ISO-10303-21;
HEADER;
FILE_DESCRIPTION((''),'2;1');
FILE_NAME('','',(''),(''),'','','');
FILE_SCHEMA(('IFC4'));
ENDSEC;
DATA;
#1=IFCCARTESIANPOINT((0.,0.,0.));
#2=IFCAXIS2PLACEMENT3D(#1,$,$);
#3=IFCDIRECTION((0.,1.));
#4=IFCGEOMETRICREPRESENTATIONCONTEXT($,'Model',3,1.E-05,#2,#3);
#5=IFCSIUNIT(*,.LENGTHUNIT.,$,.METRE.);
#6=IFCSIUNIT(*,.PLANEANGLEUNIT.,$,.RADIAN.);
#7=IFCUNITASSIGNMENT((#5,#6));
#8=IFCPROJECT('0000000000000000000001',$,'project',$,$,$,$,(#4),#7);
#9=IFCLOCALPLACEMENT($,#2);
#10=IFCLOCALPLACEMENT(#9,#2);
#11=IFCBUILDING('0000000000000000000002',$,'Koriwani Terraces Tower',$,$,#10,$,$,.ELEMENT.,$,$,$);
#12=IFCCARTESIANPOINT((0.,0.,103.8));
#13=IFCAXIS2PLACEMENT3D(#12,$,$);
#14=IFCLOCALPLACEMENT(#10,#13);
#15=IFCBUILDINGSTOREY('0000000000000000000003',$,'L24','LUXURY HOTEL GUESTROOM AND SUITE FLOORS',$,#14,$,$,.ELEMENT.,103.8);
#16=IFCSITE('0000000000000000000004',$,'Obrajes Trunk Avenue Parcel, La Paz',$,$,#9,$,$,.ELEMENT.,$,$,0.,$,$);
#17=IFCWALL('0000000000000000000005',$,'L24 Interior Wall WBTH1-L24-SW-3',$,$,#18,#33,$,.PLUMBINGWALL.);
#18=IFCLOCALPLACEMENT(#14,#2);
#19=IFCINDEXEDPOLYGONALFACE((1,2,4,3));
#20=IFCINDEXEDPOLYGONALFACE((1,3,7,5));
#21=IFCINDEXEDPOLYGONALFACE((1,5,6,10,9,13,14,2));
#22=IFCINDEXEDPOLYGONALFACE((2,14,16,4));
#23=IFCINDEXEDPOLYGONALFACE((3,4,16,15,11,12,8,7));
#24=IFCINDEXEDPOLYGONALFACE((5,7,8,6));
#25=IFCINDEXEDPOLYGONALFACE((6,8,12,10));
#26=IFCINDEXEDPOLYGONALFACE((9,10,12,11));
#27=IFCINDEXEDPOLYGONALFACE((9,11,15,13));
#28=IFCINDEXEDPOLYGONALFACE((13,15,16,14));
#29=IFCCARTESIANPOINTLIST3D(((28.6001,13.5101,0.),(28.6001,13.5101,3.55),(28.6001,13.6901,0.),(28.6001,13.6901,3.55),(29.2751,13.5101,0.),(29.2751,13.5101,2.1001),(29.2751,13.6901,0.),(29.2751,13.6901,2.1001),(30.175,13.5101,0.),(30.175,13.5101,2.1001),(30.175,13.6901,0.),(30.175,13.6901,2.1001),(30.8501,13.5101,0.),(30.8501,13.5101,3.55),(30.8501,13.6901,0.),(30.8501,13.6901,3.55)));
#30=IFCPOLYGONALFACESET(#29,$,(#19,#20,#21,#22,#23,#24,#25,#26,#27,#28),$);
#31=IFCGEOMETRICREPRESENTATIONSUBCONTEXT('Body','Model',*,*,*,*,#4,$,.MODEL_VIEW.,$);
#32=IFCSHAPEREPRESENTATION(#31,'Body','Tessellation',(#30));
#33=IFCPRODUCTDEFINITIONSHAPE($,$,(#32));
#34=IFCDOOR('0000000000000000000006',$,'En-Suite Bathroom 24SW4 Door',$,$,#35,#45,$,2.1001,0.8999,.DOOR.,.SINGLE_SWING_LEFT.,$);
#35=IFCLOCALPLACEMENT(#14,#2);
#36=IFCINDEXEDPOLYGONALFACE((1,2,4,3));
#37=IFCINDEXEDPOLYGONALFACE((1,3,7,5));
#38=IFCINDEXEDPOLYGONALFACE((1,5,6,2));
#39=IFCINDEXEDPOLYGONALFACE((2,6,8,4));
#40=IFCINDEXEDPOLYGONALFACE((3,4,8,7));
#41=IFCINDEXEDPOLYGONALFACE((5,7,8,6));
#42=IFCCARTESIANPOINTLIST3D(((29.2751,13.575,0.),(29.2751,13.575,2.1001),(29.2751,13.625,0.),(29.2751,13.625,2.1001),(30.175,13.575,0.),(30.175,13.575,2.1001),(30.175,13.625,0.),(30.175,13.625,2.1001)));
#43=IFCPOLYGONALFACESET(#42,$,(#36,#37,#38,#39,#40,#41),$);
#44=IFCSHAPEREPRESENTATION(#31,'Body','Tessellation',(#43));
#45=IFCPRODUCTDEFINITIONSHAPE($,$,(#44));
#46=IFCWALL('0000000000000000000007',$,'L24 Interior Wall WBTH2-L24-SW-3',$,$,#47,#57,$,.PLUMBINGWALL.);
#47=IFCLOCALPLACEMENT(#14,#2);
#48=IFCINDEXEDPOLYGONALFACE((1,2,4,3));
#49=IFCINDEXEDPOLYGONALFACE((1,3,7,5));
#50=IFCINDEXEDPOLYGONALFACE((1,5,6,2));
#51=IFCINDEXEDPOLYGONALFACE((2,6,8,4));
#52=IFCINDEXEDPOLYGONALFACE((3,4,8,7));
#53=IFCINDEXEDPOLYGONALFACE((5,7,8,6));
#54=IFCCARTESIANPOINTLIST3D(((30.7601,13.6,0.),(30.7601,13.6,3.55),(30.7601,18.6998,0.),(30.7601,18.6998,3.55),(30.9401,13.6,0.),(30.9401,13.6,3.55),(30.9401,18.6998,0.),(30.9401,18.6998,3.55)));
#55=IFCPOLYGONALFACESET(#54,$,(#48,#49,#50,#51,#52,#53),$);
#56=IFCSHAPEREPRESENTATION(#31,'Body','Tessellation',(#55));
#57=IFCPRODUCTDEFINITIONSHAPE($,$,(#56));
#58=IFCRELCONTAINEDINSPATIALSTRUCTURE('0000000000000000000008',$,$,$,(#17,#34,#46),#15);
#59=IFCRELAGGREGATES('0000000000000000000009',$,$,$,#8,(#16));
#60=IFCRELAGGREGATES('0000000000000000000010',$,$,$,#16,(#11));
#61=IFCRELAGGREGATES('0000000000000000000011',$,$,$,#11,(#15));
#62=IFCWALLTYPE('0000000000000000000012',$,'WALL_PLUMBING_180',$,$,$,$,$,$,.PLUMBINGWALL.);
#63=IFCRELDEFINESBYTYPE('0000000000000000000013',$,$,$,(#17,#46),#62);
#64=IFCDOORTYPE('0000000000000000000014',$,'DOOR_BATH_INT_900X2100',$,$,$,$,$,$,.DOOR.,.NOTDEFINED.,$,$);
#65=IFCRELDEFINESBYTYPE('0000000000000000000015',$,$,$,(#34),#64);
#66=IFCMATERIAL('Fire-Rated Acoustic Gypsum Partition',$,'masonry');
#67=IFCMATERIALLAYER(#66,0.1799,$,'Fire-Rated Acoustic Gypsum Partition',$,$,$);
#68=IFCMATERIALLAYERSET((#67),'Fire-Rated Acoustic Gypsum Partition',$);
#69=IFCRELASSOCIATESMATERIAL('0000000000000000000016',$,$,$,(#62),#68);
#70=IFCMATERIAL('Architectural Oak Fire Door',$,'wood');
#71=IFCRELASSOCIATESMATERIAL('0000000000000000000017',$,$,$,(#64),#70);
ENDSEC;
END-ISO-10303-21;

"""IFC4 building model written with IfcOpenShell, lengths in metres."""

from ifc_helpers import new_model, si_unit, direction, frame, frame_2d, origin, place, context, subcontext, project, spatial, rectangle, extrude, material, layer, layer_set, type_object, element, fill, save


model = new_model("IFC4")

# Units and contexts
model_context = context("Model", 3, precision=1e-05, world=origin(), true_north=direction((0.0, 1.0)))
body_context = subcontext(model_context, "Body", "Model", "MODEL_VIEW")
ifc_project = project(units=[si_unit("LENGTHUNIT", "METRE"), si_unit("PLANEANGLEUNIT", "RADIAN")], contexts=[model_context])

# Site, building, storey
site_placement = place(None, origin())
site = spatial("IfcSite", under=ifc_project, at=site_placement, Name="Obrajes Trunk Avenue Parcel, La Paz", CompositionType="ELEMENT", RefElevation=0.0)
building_placement = place(site_placement, origin())
building = spatial("IfcBuilding", under=site, at=building_placement, Name="Koriwani Terraces Tower", CompositionType="ELEMENT")
storey_placement = place(building_placement, frame((0.0, 0.0, 103.8)))
storey = spatial("IfcBuildingStorey", under=building, at=storey_placement, Name="L24", Description="LUXURY HOTEL GUESTROOM AND SUITE FLOORS", CompositionType="ELEMENT", Elevation=103.8)

# Shared definitions
ifc_material_1 = material(Name="Fire-Rated Acoustic Gypsum Partition", Category="masonry")
ifc_layer_1 = layer(ifc_material_1, 0.1799, Name="Fire-Rated Acoustic Gypsum Partition")
ifc_layer_set_1 = layer_set([ifc_layer_1], Name="Fire-Rated Acoustic Gypsum Partition")
wall_type_1 = type_object("IfcWallType", Name="WALL_PLUMBING_180", PredefinedType="PLUMBINGWALL", material=ifc_layer_set_1)

# Wall, opening, door
wall_1_placement = place(storey_placement, frame((28.6001, 13.6001, 0.0), z_axis=(0.0, 0.0, 1.0), x_axis=(1.0, 0.0, 0.0)))
wall_1 = element("IfcWall", 1, at=wall_1_placement, inside=storey, type_object=wall_type_1, Name="L24 Interior Wall WBTH1-L24-SW-3", PredefinedType="PLUMBINGWALL", context=body_context, shape_type="SweptSolid", body=[
    extrude(rectangle(XDim=2.25, YDim=0.1799, at=frame_2d((1.125, 0.0))), origin(), (0.0, 0.0, 1.0), 3.55),
])
opening_placement = place(wall_1_placement, frame((0.675, 0.0, 0.0)))
opening = element("IfcOpeningElement", 2, at=opening_placement, cuts=wall_1, PredefinedType="OPENING", context=body_context, shape_type="SweptSolid", body=[
    extrude(rectangle(XDim=0.8999, YDim=2.1001, at=frame_2d((0.45, 1.05))), frame((0.0, 0.1001, 0.0), z_axis=(0.0, -1.0, 0.0), x_axis=(1.0, 0.0, 0.0)), (0.0, 0.0, 1.0), 0.2),
])
ifc_material_2 = material(Name="Architectural Oak Fire Door", Category="wood")
door_type = type_object("IfcDoorType", Name="DOOR_BATH_INT_900X2100", OperationType="NOTDEFINED", PredefinedType="DOOR", material=ifc_material_2)
door_placement = place(opening_placement, origin())
door = element("IfcDoor", 3, at=door_placement, inside=storey, type_object=door_type, Name="En-Suite Bathroom 24SW4 Door", OperationType="SINGLE_SWING_LEFT", OverallHeight=2.1001, OverallWidth=0.8999, PredefinedType="DOOR", context=body_context, shape_type="SweptSolid", body=[
    extrude(rectangle(XDim=0.8999, YDim=2.1001, at=frame_2d((0.45, 1.05))), frame((0.0, 0.0249, 0.0), z_axis=(0.0, -1.0, 0.0), x_axis=(1.0, 0.0, 0.0)), (0.0, 0.0, 1.0), 0.05),
])
fill(opening, door)

# Wall
wall_2_placement = place(storey_placement, frame((30.8501, 13.6001, 0.0), z_axis=(0.0, 0.0, 1.0), x_axis=(0.0, 1.0, 0.0)))
element("IfcWall", 4, at=wall_2_placement, inside=storey, type_object=wall_type_1, Name="L24 Interior Wall WBTH2-L24-SW-3", PredefinedType="PLUMBINGWALL", context=body_context, shape_type="SweptSolid", body=[
    extrude(rectangle(XDim=5.0999, YDim=0.1799, at=frame_2d((2.5498, 0.0))), origin(), (0.0, 0.0, 1.0), 3.55),
])

save(model, "model.ifc")
